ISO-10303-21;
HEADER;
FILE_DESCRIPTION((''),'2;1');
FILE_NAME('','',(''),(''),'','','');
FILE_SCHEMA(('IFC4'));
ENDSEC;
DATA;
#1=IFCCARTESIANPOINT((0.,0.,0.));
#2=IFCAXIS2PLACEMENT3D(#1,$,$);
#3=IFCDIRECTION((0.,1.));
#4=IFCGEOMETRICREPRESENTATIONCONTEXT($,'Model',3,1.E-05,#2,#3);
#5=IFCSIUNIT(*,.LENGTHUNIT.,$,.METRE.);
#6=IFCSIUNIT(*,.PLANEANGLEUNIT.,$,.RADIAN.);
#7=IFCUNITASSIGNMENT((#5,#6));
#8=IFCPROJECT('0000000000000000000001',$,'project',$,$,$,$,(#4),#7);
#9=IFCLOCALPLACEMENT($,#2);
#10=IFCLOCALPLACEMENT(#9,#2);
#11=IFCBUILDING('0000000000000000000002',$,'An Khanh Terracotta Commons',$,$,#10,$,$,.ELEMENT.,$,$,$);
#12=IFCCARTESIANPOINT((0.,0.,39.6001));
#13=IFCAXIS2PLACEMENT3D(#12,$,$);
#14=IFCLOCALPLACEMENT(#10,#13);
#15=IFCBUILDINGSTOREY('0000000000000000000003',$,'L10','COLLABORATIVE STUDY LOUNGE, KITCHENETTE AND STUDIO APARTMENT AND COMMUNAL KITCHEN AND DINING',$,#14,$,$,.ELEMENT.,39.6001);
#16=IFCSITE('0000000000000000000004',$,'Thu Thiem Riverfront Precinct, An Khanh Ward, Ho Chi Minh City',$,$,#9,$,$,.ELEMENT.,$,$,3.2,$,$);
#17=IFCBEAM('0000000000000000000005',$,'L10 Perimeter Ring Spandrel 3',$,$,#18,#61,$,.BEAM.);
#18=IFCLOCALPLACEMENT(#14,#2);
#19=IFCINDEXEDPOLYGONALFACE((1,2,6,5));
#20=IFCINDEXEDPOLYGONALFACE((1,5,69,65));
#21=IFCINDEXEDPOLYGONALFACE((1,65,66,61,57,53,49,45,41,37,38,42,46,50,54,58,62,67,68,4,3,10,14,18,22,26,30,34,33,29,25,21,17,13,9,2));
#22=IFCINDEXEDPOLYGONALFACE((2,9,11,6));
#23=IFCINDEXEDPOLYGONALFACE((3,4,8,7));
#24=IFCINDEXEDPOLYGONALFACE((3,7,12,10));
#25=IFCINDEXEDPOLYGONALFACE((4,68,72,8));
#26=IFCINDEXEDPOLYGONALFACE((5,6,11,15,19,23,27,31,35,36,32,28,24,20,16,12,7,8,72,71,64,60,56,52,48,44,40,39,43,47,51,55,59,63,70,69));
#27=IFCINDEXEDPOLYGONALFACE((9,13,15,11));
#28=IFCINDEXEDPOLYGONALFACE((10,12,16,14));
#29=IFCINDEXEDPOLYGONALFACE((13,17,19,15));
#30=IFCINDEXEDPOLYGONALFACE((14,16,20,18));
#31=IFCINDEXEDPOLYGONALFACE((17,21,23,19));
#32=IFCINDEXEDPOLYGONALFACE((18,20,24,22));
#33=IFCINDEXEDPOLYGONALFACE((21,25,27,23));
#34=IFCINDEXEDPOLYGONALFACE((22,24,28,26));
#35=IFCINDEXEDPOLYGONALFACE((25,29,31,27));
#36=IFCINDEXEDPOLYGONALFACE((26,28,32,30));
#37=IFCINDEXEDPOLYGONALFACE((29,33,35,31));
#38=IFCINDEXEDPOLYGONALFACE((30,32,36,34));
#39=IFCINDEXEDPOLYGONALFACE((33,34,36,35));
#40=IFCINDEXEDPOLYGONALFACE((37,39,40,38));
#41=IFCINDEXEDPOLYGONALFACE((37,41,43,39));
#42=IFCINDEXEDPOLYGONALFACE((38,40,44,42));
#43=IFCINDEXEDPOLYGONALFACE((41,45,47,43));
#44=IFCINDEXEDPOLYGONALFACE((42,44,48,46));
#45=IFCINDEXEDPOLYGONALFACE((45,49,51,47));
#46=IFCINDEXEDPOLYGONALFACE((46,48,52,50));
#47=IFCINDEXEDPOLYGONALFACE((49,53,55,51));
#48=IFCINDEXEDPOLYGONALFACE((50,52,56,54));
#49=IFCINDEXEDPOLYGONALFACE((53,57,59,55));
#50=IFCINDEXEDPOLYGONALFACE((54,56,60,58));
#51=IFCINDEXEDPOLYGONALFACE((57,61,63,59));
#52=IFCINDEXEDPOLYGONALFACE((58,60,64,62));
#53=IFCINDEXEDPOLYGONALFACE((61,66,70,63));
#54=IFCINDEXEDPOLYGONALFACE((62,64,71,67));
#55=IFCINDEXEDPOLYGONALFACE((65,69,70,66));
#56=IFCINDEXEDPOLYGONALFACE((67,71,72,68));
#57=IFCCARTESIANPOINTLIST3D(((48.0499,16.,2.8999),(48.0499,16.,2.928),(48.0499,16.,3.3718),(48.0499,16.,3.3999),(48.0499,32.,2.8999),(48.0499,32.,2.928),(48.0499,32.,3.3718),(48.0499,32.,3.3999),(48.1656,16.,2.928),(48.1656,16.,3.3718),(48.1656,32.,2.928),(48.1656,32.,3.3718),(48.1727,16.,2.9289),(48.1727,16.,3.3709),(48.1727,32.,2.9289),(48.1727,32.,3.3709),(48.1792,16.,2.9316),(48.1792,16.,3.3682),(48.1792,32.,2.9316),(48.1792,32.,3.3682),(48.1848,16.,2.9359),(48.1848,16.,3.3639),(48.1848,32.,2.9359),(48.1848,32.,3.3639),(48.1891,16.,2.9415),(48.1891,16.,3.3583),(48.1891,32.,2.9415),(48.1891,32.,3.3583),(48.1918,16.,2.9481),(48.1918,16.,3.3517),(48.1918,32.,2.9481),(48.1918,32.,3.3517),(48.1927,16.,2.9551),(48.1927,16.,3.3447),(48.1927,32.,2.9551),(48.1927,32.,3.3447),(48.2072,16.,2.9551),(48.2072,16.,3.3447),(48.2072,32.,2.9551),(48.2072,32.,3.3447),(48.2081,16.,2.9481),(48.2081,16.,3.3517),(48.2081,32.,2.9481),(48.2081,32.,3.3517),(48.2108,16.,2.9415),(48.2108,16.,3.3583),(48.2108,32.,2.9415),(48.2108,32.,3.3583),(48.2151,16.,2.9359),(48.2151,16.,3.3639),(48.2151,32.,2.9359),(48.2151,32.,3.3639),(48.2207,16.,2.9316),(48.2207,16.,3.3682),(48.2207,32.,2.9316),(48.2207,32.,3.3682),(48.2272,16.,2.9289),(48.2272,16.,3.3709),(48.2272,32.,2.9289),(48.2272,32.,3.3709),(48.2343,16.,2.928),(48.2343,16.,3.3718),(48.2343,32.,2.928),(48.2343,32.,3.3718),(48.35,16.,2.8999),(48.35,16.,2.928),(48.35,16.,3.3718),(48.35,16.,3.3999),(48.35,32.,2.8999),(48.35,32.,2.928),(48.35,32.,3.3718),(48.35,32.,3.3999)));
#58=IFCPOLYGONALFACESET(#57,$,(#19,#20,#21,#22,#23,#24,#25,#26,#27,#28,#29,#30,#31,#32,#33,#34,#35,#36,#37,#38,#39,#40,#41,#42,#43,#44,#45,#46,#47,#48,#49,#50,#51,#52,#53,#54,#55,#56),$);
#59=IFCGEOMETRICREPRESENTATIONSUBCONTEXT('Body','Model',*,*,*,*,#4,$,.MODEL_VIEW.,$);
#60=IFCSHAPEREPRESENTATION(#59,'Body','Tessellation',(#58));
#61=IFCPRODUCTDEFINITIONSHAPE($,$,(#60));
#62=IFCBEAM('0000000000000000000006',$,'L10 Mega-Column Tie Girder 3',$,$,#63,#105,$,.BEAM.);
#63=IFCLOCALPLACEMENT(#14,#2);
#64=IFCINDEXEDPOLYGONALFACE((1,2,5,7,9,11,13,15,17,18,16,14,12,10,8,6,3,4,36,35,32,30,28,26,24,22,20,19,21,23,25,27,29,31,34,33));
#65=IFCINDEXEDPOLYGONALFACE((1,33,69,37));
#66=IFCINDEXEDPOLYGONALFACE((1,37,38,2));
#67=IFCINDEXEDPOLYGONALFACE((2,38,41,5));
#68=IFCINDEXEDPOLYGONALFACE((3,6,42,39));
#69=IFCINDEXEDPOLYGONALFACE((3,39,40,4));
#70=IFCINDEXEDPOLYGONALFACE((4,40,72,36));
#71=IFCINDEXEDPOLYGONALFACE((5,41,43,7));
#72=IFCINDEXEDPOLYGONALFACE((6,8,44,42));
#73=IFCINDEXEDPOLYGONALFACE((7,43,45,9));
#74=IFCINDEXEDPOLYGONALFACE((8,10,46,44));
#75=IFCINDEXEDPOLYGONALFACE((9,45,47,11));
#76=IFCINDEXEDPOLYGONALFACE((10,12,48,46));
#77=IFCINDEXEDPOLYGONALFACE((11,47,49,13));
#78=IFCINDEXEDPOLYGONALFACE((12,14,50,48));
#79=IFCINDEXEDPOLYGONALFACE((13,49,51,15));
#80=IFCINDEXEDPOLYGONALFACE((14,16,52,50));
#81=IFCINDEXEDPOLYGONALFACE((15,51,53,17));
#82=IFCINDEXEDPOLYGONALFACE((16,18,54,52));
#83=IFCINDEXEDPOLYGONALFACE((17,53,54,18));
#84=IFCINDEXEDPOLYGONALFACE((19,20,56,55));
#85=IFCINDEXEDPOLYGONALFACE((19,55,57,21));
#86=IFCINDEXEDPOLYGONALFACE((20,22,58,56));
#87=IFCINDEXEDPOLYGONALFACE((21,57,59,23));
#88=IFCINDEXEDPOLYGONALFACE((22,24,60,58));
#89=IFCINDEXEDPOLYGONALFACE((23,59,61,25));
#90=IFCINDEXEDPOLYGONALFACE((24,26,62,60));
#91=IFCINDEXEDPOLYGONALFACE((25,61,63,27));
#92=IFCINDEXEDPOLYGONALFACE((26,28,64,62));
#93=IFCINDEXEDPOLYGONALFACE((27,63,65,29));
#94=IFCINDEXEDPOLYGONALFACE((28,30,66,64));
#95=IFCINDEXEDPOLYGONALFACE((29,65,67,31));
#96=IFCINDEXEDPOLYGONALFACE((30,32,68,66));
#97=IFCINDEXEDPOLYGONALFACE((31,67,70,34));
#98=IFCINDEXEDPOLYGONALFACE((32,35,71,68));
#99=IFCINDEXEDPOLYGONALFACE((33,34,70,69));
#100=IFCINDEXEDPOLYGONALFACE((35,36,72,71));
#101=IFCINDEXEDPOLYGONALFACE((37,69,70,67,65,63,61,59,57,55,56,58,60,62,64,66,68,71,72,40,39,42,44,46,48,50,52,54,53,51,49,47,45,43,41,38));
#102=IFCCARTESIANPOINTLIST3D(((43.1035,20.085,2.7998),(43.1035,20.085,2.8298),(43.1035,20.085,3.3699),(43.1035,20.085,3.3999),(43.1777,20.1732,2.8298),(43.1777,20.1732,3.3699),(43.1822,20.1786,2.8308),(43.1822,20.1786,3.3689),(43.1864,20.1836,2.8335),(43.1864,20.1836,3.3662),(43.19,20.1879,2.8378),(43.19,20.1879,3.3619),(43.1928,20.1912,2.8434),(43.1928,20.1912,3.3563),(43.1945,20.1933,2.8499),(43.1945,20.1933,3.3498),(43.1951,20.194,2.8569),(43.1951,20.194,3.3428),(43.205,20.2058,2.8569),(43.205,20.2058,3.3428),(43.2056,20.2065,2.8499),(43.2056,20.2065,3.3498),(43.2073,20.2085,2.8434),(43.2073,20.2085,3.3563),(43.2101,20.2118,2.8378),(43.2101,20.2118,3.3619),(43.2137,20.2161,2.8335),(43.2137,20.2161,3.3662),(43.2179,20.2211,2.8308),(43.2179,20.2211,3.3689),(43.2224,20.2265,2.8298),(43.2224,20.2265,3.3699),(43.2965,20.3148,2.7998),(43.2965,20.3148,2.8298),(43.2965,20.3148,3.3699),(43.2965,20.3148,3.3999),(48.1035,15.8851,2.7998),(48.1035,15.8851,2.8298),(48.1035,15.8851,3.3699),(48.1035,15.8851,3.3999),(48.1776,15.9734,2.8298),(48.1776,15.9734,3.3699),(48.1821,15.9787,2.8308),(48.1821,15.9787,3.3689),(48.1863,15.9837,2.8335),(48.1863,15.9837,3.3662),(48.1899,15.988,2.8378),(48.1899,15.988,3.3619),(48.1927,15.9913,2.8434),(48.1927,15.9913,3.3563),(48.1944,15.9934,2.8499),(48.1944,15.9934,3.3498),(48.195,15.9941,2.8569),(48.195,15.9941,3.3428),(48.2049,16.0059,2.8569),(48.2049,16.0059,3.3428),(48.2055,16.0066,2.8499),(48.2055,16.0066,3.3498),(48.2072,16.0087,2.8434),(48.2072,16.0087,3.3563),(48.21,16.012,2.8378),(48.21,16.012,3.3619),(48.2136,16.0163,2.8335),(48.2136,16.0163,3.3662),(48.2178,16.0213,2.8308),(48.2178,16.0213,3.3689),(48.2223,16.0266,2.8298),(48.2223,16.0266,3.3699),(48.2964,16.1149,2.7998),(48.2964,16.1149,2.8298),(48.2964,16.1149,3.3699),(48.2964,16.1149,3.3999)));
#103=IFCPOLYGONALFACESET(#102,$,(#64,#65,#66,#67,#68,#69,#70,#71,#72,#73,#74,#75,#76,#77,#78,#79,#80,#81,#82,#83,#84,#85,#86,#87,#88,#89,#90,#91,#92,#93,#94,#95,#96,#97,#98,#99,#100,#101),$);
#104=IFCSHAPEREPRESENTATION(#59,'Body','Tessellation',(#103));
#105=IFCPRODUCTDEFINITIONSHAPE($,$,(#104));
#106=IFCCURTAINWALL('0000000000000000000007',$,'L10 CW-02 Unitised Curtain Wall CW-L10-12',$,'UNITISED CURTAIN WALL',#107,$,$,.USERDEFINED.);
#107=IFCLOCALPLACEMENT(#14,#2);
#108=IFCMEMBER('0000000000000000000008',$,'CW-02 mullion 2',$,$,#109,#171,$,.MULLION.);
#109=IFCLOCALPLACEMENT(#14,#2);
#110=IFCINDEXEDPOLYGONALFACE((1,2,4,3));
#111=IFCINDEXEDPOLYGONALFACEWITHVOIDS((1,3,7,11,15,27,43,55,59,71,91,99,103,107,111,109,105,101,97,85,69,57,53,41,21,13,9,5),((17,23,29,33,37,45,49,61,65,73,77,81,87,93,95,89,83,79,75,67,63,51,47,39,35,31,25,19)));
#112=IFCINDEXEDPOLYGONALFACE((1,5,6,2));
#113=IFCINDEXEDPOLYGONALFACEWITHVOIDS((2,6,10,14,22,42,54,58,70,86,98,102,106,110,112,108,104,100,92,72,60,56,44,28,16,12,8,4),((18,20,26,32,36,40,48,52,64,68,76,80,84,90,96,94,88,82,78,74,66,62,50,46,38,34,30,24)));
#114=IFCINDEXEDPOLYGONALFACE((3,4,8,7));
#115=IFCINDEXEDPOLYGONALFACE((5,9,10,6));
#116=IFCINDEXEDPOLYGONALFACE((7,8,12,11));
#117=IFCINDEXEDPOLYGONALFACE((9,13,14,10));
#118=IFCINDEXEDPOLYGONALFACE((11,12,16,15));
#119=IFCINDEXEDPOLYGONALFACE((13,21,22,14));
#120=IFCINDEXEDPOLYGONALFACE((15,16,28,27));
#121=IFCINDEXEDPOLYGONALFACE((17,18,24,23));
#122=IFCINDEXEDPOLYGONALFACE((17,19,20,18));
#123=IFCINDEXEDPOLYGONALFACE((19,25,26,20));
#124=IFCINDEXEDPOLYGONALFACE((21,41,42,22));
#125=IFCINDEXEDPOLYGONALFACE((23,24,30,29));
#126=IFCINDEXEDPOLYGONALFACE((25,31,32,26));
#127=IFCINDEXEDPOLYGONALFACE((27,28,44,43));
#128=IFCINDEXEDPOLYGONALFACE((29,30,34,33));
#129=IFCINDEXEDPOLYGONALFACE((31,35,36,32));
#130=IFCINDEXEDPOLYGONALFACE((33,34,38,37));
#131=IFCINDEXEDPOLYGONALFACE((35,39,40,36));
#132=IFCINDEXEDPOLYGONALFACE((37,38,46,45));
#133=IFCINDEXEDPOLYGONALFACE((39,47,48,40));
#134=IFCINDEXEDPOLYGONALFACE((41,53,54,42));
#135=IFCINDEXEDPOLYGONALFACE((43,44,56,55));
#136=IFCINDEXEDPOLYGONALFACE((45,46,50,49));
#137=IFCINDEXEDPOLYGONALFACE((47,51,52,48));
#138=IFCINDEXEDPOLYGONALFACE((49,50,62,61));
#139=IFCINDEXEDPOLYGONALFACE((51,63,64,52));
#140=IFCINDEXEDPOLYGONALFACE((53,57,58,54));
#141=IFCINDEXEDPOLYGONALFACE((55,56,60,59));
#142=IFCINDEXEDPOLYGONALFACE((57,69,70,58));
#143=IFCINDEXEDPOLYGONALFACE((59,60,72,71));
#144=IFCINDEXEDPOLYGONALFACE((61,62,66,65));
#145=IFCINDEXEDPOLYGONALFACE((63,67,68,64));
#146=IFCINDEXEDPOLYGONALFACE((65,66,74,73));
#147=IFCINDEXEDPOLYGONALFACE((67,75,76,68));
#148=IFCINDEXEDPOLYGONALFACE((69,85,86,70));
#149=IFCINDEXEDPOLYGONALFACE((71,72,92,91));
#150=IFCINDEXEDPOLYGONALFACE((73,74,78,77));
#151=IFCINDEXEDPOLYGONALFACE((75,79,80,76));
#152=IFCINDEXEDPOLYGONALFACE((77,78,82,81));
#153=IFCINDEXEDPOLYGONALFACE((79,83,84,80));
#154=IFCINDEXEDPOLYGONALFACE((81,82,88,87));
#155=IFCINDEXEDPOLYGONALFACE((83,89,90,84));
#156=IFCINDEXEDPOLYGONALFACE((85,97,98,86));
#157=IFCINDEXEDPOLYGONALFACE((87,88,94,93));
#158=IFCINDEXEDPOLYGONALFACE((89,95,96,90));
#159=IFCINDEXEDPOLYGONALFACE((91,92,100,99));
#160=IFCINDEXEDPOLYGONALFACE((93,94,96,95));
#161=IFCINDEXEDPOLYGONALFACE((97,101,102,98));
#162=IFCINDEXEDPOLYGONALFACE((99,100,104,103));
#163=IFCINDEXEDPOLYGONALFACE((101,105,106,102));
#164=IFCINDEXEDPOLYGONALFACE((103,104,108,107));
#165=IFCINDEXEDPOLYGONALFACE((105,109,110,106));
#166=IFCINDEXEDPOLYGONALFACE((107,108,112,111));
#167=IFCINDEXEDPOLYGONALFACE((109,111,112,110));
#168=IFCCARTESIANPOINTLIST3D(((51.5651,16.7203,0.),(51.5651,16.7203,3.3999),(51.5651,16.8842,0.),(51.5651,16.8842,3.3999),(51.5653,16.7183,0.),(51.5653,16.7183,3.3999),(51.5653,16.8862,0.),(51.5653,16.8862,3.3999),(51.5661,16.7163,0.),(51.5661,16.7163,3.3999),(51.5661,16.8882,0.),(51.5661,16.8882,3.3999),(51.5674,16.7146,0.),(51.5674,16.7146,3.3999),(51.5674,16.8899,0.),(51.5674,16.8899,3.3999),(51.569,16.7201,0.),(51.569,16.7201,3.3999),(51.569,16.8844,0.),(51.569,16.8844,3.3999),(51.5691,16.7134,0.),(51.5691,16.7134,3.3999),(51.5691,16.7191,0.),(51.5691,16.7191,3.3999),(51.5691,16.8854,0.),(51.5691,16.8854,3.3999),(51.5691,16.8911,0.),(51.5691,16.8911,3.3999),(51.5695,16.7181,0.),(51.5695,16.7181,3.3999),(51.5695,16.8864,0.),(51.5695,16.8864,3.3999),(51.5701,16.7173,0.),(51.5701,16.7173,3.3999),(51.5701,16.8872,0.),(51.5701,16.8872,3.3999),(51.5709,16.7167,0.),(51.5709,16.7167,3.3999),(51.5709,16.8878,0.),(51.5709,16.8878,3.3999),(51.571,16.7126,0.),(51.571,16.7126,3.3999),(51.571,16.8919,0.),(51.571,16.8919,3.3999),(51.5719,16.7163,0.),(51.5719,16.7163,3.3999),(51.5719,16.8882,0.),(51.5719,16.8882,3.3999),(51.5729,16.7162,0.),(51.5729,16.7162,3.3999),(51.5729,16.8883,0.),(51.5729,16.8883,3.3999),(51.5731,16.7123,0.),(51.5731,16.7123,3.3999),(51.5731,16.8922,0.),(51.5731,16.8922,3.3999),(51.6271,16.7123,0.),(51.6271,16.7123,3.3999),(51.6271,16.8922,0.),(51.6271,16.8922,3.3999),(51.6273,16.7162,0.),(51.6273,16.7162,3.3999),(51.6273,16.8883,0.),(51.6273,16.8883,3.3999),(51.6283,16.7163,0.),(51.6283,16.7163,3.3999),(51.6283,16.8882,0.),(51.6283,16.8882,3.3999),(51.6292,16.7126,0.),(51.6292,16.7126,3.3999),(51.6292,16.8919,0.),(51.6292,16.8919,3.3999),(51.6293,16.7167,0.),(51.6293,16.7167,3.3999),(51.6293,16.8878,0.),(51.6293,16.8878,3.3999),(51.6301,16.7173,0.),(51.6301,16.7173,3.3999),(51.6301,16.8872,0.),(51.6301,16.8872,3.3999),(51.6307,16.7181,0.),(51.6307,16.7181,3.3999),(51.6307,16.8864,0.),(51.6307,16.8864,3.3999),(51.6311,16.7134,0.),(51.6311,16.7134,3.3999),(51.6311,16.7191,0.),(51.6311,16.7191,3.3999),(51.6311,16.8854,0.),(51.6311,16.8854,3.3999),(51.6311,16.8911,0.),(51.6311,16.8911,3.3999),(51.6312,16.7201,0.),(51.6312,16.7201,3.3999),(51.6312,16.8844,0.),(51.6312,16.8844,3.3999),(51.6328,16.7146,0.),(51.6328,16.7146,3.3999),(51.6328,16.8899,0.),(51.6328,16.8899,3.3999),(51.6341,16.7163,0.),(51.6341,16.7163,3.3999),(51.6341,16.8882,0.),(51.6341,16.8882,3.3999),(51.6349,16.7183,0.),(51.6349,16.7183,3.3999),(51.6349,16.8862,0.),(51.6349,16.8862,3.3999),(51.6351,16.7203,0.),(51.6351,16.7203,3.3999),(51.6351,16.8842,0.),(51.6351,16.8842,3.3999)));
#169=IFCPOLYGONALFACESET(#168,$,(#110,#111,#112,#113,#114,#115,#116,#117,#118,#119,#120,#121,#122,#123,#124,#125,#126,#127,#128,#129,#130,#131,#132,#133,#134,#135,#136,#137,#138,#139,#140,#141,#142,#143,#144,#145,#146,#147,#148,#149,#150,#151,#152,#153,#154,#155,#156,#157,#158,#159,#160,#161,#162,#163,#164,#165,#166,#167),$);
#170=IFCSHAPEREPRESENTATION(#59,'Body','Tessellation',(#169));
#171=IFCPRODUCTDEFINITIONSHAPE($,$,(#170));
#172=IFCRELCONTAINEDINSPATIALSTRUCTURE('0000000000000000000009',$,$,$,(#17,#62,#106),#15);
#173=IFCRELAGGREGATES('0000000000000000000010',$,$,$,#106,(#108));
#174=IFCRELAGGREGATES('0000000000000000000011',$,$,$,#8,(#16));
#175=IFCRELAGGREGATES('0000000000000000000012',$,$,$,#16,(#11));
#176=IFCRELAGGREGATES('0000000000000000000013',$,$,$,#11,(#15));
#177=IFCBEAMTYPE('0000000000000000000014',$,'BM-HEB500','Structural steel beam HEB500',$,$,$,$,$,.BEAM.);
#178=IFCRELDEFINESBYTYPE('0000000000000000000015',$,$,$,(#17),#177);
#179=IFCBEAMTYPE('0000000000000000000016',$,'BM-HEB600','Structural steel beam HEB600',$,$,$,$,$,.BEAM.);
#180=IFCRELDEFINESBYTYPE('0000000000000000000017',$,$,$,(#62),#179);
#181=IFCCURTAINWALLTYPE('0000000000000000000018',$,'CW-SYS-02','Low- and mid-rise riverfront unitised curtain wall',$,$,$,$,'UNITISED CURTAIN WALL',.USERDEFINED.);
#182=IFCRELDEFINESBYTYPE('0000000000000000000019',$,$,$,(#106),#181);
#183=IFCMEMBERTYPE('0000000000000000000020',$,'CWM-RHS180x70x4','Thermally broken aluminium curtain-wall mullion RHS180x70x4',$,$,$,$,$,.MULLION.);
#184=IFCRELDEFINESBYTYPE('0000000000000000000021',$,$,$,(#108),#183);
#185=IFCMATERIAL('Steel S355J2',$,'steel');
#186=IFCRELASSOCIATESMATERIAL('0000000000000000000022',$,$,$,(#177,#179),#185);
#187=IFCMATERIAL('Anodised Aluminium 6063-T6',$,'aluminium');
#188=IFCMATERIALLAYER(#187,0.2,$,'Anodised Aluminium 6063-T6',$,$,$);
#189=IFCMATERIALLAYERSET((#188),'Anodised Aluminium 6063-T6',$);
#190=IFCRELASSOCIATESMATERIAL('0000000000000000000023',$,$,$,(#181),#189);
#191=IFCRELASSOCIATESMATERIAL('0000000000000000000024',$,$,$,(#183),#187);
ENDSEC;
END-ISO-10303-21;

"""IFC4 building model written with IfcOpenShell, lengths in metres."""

from ifc_helpers import new_model, si_unit, direction, frame, origin, origin_2d, place, context, subcontext, project, spatial, hollow_rectangle, i_section, extrude, material, layer, layer_set, material_profile, profile_set, type_object, element, aggregate, save


model = new_model("IFC4")

# Units and contexts
model_context = context("Model", 3, precision=1e-05, world=origin(), true_north=direction((0.0, 1.0)))
body_context = subcontext(model_context, "Body", "Model", "MODEL_VIEW")
ifc_project = project(units=[si_unit("LENGTHUNIT", "METRE"), si_unit("PLANEANGLEUNIT", "RADIAN")], contexts=[model_context])

# Site, building, storey
site_placement = place(None, origin())
site = spatial("IfcSite", under=ifc_project, at=site_placement, Name="Thu Thiem Riverfront Precinct, An Khanh Ward, Ho Chi Minh City", CompositionType="ELEMENT", RefElevation=3.2)
building_placement = place(site_placement, origin())
building = spatial("IfcBuilding", under=site, at=building_placement, Name="An Khanh Terracotta Commons", CompositionType="ELEMENT")
storey_placement = place(building_placement, frame((0.0, 0.0, 39.6001)))
storey = spatial("IfcBuildingStorey", under=building, at=storey_placement, Name="L10", Description="COLLABORATIVE STUDY LOUNGE, KITCHENETTE AND STUDIO APARTMENT AND COMMUNAL KITCHEN AND DINING", CompositionType="ELEMENT", Elevation=39.6001)

# Beams
ifc_material_1 = material(Name="Steel S355J2", Category="steel")
ifc_material_profile_1 = material_profile(ifc_material_1, i_section(OverallWidth=0.3, OverallDepth=0.5, WebThickness=0.0144, FlangeThickness=0.0281, FilletRadius=0.0271, at=origin_2d()), Name="HEB500")
ifc_profile_set_1 = profile_set([ifc_material_profile_1], Name="Steel S355J2")
beam_type_1 = type_object("IfcBeamType", Name="BM-HEB500", Description="Structural steel beam HEB500", PredefinedType="BEAM", material=ifc_profile_set_1)
beam_1_placement = place(storey_placement, frame((48.2, 16.0, 3.1499), z_axis=(0.0, 1.0, 0.0), x_axis=(-1.0, 0.0, 0.0)))
element("IfcBeam", 1, at=beam_1_placement, inside=storey, type_object=beam_type_1, Name="L10 Perimeter Ring Spandrel 3", PredefinedType="BEAM", context=body_context, shape_type="SweptSolid", body=[
    extrude(i_section(OverallWidth=0.3, OverallDepth=0.5, WebThickness=0.0144, FlangeThickness=0.0281, FilletRadius=0.0271, at=origin_2d()), origin(), (0.0, 0.0, 1.0), 16.0),
])
ifc_material_profile_2 = material_profile(ifc_material_1, i_section(OverallWidth=0.3, OverallDepth=0.6001, WebThickness=0.0154, FlangeThickness=0.03, FilletRadius=0.0271, at=origin_2d()), Name="HEB600")
ifc_profile_set_2 = profile_set([ifc_material_profile_2], Name="Steel S355J2")
beam_type_2 = type_object("IfcBeamType", Name="BM-HEB600", Description="Structural steel beam HEB600", PredefinedType="BEAM", material=ifc_profile_set_2)
beam_2_placement = place(storey_placement, frame((48.2, 16.0, 3.0999), z_axis=(-0.765709, 0.643188, 0.0), x_axis=(-0.643188, -0.765709, 0.0)))
element("IfcBeam", 2, at=beam_2_placement, inside=storey, type_object=beam_type_2, Name="L10 Mega-Column Tie Girder 3", PredefinedType="BEAM", context=body_context, shape_type="SweptSolid", body=[
    extrude(i_section(OverallWidth=0.3, OverallDepth=0.6001, WebThickness=0.0154, FlangeThickness=0.03, FilletRadius=0.0271, at=origin_2d()), origin(), (0.0, 0.0, 1.0), 6.5298),
])

# Curtain wall, member
ifc_material_2 = material(Name="Anodised Aluminium 6063-T6", Category="aluminium")
ifc_layer_1 = layer(ifc_material_2, 0.2, Name="Anodised Aluminium 6063-T6")
ifc_layer_set_1 = layer_set([ifc_layer_1], Name="Anodised Aluminium 6063-T6")
curtain_wall_type = type_object("IfcCurtainWallType", Name="CW-SYS-02", Description="Low- and mid-rise riverfront unitised curtain wall", ElementType="UNITISED CURTAIN WALL", PredefinedType="USERDEFINED", material=ifc_layer_set_1)
curtain_wall_placement = place(storey_placement, origin())
curtain_wall = element("IfcCurtainWall", 3, at=curtain_wall_placement, inside=storey, type_object=curtain_wall_type, Name="L10 CW-02 Unitised Curtain Wall CW-L10-12", ObjectType="UNITISED CURTAIN WALL", PredefinedType="USERDEFINED")
ifc_material_profile_3 = material_profile(ifc_material_2, hollow_rectangle(XDim=0.0701, YDim=0.1799, WallThickness=0.0039, InnerFilletRadius=0.0039, OuterFilletRadius=0.0081, at=origin_2d()), Name="RHS180x70x4")
ifc_profile_set_3 = profile_set([ifc_material_profile_3], Name="Anodised Aluminium 6063-T6")
member_type_1 = type_object("IfcMemberType", Name="CWM-RHS180x70x4", Description="Thermally broken aluminium curtain-wall mullion RHS180x70x4", PredefinedType="MULLION", material=ifc_profile_set_3)
member_1_placement = place(storey_placement, frame((51.6001, 16.8022, 0.0), z_axis=(0.0, 0.0, 1.0), x_axis=(-1.0, 0.0, 0.0)))
member_1 = element("IfcMember", 4, at=member_1_placement, type_object=member_type_1, Name="CW-02 mullion 2", PredefinedType="MULLION", context=body_context, shape_type="SweptSolid", body=[
    extrude(hollow_rectangle(XDim=0.0701, YDim=0.1799, WallThickness=0.0039, InnerFilletRadius=0.0039, OuterFilletRadius=0.0081, at=origin_2d()), origin(), (0.0, 0.0, 1.0), 3.3999),
])
aggregate(curtain_wall, [member_1])

save(model, "model.ifc")
